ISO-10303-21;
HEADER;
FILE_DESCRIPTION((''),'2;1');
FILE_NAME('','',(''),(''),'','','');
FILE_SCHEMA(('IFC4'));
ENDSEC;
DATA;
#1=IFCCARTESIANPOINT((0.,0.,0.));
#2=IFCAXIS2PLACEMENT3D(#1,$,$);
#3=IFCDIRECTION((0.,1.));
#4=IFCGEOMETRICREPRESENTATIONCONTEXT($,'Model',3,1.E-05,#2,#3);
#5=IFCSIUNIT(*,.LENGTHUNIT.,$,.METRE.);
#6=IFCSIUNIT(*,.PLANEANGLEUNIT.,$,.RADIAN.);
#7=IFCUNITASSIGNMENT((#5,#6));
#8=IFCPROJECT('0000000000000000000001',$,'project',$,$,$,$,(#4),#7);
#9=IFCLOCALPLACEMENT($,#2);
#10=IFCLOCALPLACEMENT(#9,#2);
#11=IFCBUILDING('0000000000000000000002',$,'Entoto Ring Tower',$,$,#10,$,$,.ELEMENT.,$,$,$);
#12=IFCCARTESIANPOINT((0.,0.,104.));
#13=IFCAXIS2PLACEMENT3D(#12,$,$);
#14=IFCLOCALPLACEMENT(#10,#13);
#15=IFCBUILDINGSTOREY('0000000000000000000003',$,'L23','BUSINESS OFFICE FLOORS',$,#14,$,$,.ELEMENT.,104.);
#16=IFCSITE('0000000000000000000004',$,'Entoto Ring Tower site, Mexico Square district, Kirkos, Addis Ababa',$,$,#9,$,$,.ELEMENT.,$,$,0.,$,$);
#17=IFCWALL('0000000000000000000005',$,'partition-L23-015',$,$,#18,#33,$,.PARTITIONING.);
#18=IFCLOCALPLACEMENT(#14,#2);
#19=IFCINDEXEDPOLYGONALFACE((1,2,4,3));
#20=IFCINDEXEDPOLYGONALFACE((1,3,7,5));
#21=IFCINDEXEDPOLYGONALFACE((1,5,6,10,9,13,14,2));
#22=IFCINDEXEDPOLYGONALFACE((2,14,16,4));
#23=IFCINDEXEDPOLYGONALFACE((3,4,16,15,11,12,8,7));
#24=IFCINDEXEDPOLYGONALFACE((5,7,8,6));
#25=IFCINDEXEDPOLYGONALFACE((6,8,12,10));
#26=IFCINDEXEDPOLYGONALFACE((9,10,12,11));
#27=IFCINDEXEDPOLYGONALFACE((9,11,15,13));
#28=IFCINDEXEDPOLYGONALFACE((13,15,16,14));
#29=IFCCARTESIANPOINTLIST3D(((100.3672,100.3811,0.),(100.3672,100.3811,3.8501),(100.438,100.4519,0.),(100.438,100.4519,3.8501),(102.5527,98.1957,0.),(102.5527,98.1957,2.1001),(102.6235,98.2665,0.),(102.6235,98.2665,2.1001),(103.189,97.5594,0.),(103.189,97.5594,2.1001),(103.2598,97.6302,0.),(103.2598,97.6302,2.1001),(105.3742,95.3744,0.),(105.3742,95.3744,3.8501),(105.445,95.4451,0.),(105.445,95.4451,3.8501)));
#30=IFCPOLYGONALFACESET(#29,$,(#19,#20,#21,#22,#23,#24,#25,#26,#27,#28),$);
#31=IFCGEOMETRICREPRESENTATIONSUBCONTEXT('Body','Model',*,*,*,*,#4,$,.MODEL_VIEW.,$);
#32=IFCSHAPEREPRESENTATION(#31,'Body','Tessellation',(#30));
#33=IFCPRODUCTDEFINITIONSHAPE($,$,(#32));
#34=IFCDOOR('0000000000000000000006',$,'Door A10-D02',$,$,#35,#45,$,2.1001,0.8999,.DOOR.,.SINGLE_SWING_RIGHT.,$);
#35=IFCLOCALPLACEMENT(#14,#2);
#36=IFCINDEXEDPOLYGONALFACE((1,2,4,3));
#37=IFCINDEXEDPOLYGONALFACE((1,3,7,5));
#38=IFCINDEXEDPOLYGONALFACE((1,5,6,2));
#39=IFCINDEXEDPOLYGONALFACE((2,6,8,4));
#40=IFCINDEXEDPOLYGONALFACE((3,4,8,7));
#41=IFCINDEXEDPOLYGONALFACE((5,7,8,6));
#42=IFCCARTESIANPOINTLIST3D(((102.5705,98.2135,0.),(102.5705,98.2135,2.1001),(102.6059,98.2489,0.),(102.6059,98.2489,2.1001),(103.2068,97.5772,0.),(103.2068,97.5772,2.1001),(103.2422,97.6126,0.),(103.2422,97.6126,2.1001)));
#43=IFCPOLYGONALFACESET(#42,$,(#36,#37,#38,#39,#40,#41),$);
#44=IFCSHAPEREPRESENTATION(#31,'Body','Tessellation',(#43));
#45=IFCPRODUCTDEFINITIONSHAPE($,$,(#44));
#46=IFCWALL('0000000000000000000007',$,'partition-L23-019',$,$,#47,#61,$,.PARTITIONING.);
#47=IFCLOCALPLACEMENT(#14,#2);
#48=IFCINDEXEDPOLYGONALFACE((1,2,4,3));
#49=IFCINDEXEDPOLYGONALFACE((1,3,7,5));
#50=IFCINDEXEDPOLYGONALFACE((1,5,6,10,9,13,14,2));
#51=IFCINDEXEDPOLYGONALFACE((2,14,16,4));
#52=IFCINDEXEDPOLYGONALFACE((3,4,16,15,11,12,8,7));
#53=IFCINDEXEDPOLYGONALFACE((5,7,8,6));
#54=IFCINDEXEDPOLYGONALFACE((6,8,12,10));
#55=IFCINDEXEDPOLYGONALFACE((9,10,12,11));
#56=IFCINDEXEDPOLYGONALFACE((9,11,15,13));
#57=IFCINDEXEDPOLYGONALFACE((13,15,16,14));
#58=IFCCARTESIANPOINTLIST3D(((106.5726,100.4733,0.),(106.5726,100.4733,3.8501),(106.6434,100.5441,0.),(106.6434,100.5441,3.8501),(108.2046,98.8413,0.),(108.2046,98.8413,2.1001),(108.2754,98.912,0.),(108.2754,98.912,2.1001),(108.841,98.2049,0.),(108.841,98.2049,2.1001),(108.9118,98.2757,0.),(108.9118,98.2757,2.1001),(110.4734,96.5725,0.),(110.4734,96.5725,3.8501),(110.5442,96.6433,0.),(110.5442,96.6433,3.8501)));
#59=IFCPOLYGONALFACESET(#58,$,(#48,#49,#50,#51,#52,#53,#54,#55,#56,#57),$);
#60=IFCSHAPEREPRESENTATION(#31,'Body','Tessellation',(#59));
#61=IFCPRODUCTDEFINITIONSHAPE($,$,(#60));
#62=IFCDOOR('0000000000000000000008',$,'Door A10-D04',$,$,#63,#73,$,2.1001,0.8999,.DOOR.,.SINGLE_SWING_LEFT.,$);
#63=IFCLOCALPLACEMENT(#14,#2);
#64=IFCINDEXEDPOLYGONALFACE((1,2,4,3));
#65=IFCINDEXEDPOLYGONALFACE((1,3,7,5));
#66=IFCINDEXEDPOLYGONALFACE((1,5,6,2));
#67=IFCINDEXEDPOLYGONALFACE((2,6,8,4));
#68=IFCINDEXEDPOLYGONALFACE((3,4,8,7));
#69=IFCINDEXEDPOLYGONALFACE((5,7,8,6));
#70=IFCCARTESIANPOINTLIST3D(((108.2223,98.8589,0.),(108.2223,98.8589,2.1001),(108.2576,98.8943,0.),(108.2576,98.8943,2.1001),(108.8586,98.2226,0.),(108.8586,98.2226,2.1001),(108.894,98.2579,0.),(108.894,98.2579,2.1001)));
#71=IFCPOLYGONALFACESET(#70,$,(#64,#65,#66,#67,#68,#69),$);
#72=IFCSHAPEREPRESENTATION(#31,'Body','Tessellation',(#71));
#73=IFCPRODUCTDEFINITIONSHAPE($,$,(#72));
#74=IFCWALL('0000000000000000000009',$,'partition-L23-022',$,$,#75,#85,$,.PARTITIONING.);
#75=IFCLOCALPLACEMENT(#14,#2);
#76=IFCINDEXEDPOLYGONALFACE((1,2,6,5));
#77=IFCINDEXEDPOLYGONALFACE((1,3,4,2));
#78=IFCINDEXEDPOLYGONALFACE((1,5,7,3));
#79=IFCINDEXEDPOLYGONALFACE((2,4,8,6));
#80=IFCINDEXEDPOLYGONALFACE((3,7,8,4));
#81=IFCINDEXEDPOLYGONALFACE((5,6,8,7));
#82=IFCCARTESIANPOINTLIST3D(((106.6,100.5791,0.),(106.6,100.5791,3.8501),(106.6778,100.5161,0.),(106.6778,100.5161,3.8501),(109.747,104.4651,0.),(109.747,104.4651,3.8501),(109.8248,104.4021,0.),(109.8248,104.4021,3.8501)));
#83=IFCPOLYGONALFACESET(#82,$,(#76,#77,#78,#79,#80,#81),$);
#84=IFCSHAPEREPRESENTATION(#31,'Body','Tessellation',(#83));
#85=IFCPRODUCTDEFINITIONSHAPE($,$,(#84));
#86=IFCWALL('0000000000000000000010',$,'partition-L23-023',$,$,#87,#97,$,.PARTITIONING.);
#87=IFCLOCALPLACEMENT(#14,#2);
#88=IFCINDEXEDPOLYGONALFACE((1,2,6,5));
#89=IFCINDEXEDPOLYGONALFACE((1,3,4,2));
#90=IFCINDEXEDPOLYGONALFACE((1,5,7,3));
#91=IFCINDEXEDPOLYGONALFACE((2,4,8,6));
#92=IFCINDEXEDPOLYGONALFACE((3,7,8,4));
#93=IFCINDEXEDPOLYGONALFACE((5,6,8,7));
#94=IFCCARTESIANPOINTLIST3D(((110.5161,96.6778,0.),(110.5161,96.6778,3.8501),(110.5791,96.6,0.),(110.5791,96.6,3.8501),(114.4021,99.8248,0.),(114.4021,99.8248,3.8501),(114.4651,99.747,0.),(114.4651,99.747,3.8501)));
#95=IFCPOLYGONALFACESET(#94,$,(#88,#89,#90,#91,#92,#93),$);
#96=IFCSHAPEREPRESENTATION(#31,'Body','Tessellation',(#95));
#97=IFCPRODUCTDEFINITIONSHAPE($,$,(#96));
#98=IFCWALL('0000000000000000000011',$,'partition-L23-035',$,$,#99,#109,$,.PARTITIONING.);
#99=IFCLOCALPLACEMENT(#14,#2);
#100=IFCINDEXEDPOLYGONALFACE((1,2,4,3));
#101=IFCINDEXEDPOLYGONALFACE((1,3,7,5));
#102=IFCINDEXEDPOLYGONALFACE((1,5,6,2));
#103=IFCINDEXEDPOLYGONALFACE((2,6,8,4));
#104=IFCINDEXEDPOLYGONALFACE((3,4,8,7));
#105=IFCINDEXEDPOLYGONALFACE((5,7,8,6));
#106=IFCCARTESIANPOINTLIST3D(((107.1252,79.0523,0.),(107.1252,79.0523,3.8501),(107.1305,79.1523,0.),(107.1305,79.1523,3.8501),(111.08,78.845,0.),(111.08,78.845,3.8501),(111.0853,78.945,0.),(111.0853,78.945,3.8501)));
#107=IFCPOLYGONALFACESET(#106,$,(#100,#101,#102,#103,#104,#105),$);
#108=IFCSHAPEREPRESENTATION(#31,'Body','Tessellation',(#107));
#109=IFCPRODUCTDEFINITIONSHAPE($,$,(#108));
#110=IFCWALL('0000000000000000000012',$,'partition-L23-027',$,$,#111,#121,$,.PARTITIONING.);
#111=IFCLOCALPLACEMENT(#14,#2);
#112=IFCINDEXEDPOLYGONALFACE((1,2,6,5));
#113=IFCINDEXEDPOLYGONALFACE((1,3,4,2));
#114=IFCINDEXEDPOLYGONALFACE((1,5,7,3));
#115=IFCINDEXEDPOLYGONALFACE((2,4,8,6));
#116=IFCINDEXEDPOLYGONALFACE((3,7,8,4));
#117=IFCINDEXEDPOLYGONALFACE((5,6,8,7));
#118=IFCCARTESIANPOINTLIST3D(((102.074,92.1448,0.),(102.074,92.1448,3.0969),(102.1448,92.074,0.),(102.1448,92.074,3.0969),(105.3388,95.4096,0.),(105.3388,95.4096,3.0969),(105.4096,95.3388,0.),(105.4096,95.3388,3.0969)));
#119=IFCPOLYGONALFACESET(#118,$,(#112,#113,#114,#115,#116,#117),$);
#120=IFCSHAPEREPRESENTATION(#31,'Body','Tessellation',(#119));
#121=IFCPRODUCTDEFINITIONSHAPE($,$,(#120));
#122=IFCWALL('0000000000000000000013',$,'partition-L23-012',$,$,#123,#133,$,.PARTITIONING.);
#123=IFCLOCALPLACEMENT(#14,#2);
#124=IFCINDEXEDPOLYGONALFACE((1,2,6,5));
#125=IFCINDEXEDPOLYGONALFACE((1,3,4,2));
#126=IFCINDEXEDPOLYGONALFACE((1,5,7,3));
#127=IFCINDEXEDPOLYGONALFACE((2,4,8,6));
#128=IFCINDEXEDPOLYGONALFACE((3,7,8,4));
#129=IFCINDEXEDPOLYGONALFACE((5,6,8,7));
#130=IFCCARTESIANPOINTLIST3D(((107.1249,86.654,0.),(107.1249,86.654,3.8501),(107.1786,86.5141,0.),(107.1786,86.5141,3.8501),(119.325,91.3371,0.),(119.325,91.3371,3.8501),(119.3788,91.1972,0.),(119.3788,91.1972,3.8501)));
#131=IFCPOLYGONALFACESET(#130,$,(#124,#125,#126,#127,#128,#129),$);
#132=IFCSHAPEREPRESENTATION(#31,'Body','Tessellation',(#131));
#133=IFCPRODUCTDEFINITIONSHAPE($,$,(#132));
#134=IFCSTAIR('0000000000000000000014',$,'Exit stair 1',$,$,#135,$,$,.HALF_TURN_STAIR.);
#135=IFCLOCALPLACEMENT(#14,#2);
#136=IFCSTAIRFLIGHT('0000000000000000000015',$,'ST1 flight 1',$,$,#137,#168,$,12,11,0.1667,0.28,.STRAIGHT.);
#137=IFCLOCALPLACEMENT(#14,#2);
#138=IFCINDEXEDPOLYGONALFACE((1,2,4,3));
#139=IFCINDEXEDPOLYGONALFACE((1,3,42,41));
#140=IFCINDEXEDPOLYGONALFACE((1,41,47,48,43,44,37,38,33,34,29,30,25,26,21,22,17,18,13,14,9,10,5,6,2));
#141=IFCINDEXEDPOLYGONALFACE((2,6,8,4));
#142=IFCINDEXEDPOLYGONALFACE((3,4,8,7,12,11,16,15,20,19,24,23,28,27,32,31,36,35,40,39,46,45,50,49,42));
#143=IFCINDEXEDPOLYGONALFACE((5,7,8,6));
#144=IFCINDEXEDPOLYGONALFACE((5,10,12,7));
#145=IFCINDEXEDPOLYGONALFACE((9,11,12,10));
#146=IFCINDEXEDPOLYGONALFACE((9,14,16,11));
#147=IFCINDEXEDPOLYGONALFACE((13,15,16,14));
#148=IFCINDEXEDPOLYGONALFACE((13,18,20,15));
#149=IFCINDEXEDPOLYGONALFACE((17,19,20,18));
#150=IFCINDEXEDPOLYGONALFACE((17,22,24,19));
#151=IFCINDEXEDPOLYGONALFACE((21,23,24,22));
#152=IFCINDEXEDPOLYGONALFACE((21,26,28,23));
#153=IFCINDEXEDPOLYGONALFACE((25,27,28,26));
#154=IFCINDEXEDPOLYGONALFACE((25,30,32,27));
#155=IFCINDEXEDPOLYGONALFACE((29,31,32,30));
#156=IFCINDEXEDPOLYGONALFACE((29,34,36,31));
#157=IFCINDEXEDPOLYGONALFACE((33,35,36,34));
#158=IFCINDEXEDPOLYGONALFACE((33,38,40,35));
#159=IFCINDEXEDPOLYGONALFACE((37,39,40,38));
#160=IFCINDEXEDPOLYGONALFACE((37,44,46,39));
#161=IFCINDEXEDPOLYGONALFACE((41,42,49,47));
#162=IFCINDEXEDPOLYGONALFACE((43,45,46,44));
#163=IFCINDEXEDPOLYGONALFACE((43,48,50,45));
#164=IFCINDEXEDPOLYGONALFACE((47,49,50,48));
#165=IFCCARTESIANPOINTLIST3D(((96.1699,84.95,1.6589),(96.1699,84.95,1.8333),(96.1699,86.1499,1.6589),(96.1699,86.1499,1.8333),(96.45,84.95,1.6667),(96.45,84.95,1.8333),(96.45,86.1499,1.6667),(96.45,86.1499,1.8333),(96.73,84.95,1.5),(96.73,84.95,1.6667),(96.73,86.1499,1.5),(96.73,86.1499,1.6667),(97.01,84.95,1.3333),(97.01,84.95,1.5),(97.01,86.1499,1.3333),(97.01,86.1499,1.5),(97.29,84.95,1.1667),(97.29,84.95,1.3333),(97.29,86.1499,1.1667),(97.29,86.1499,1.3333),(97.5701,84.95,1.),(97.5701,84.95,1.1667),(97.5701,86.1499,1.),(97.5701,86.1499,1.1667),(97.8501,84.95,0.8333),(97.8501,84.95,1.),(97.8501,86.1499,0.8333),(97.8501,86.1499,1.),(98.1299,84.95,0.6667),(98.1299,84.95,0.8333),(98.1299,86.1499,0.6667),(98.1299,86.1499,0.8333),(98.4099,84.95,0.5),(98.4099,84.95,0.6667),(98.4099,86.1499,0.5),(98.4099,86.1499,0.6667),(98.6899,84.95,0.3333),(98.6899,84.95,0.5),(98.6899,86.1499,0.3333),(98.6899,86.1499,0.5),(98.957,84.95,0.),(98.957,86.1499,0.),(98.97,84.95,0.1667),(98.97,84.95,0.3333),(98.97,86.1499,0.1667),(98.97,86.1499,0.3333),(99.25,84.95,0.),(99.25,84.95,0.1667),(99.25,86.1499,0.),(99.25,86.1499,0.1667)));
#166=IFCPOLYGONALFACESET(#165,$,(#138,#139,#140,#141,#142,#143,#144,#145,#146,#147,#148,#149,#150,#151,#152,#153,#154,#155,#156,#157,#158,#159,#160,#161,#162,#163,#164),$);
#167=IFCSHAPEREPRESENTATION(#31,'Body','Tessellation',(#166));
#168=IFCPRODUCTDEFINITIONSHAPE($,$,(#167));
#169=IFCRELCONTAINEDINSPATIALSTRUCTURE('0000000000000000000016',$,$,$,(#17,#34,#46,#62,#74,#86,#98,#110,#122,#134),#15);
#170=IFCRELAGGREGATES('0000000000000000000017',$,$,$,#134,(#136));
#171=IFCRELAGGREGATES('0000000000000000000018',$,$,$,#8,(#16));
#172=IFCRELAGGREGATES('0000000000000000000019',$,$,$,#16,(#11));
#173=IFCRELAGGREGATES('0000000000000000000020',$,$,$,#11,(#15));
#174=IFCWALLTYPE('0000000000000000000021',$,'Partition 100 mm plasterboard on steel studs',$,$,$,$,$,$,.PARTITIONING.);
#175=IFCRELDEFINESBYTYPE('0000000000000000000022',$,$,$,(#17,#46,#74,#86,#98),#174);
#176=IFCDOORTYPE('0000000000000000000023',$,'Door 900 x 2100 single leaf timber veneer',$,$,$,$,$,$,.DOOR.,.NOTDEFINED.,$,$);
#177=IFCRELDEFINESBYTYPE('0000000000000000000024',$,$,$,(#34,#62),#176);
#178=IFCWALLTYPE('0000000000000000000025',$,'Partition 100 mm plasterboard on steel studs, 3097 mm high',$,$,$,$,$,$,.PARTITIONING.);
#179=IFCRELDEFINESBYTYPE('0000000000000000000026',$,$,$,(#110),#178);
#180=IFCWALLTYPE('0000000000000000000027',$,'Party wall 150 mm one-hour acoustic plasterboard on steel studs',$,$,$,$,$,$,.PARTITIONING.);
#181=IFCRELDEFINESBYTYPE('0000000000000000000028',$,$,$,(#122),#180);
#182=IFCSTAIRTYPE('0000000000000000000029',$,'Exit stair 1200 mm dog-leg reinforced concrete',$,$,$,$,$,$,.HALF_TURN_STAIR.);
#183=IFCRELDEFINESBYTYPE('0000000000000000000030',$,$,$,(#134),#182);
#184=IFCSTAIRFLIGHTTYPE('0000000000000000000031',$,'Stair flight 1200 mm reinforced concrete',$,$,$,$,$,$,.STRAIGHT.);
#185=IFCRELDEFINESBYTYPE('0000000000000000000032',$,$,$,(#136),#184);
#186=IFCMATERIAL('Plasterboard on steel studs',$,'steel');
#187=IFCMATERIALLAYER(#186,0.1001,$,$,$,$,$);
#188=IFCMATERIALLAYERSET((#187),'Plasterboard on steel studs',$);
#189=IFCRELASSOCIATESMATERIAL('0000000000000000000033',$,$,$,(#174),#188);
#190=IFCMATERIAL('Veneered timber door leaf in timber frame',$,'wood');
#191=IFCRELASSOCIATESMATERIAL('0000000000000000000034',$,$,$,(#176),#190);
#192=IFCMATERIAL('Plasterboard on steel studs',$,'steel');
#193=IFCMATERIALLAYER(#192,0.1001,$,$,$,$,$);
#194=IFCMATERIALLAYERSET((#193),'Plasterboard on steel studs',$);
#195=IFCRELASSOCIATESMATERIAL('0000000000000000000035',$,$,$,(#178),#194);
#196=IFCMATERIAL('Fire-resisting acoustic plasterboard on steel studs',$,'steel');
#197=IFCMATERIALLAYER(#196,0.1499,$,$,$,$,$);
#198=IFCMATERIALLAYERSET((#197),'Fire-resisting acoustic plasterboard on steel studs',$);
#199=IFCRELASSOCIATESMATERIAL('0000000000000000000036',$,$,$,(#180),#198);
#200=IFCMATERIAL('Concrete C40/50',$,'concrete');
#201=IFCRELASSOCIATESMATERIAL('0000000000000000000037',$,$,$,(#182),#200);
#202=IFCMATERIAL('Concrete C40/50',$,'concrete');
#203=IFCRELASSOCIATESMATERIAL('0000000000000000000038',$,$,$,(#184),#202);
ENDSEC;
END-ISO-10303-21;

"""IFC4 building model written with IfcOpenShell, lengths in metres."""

from ifc_helpers import new_model, si_unit, direction, frame, frame_2d, origin, place, context, subcontext, project, spatial, polyline, rectangle, outline, extrude, material, layer, layer_set, type_object, element, fill, aggregate, save


model = new_model("IFC4")

# Units and contexts
model_context = context("Model", 3, precision=1e-05, world=origin(), true_north=direction((0.0, 1.0)))
body_context = subcontext(model_context, "Body", "Model", "MODEL_VIEW")
ifc_project = project(units=[si_unit("LENGTHUNIT", "METRE"), si_unit("PLANEANGLEUNIT", "RADIAN")], contexts=[model_context])

# Site, building, storey
site_placement = place(None, origin())
site = spatial("IfcSite", under=ifc_project, at=site_placement, Name="Entoto Ring Tower site, Mexico Square district, Kirkos, Addis Ababa", CompositionType="ELEMENT", RefElevation=0.0)
building_placement = place(site_placement, origin())
building = spatial("IfcBuilding", under=site, at=building_placement, Name="Entoto Ring Tower", CompositionType="ELEMENT")
storey_placement = place(building_placement, frame((0.0, 0.0, 104.0)))
storey = spatial("IfcBuildingStorey", under=building, at=storey_placement, Name="L23", Description="BUSINESS OFFICE FLOORS", CompositionType="ELEMENT", Elevation=104.0)

# Walls, openings, doors
ifc_material_1 = material(Name="Plasterboard on steel studs", Category="steel")
ifc_layer_1 = layer(ifc_material_1, 0.1001)
ifc_layer_set_1 = layer_set([ifc_layer_1], Name="Plasterboard on steel studs")
wall_type_1 = type_object("IfcWallType", Name="Partition 100 mm plasterboard on steel studs", PredefinedType="PARTITIONING", material=ifc_layer_set_1)
wall_1_placement = place(storey_placement, frame((105.4097, 95.4097, 0.0), z_axis=(0.0, 0.0, 1.0), x_axis=(-0.707124, 0.70709, 0.0)))
wall_1 = element("IfcWall", 1, at=wall_1_placement, inside=storey, type_object=wall_type_1, Name="partition-L23-015", PredefinedType="PARTITIONING", context=body_context, shape_type="SweptSolid", body=[
    extrude(rectangle(XDim=7.0808, YDim=0.1001, at=frame_2d((3.5405, 0.0))), origin(), (0.0, 0.0, 1.0), 3.8501),
])
opening_1_placement = place(wall_1_placement, frame((3.0903, 0.0, 0.0)))
opening_1 = element("IfcOpeningElement", 2, at=opening_1_placement, cuts=wall_1, PredefinedType="OPENING", context=body_context, shape_type="SweptSolid", body=[
    extrude(rectangle(XDim=0.8999, YDim=2.1001, at=frame_2d((0.45, 1.05))), frame((0.0, 0.0601, 0.0), z_axis=(0.0, -1.0, 0.0), x_axis=(1.0, 0.0, 0.0)), (0.0, 0.0, 1.0), 0.1201),
])
ifc_material_2 = material(Name="Veneered timber door leaf in timber frame", Category="wood")
door_type_1 = type_object("IfcDoorType", Name="Door 900 x 2100 single leaf timber veneer", OperationType="NOTDEFINED", PredefinedType="DOOR", material=ifc_material_2)
door_1_placement = place(opening_1_placement, origin())
door_1 = element("IfcDoor", 3, at=door_1_placement, inside=storey, type_object=door_type_1, Name="Door A10-D02", OperationType="SINGLE_SWING_RIGHT", OverallHeight=2.1001, OverallWidth=0.8999, PredefinedType="DOOR", context=body_context, shape_type="SweptSolid", body=[
    extrude(rectangle(XDim=0.8999, YDim=2.1001, at=frame_2d((0.45, 1.05))), frame((0.0, 0.0249, 0.0), z_axis=(0.0, -1.0, 0.0), x_axis=(1.0, 0.0, 0.0)), (0.0, 0.0, 1.0), 0.05),
])
fill(opening_1, door_1)
wall_2_placement = place(storey_placement, frame((110.5088, 96.6079, 0.0), z_axis=(0.0, 0.0, 1.0), x_axis=(-0.707107, 0.707107, 0.0)))
wall_2 = element("IfcWall", 4, at=wall_2_placement, inside=storey, type_object=wall_type_1, Name="partition-L23-019", PredefinedType="PARTITIONING", context=body_context, shape_type="SweptSolid", body=[
    extrude(rectangle(XDim=5.5166, YDim=0.1001, at=frame_2d((2.7583, 0.0))), origin(), (0.0, 0.0, 1.0), 3.8501),
])
opening_2_placement = place(wall_2_placement, frame((2.3086, 0.0, 0.0)))
opening_2 = element("IfcOpeningElement", 5, at=opening_2_placement, cuts=wall_2, PredefinedType="OPENING", context=body_context, shape_type="SweptSolid", body=[
    extrude(rectangle(XDim=0.8999, YDim=2.1001, at=frame_2d((0.45, 1.05))), frame((0.0, 0.0601, 0.0), z_axis=(0.0, -1.0, 0.0), x_axis=(1.0, 0.0, 0.0)), (0.0, 0.0, 1.0), 0.1201),
])
door_2_placement = place(opening_2_placement, frame((0.8999, 0.0, 0.0), z_axis=(0.0, 0.0, 1.0), x_axis=(-1.0, 0.0, 0.0)))
door_2 = element("IfcDoor", 6, at=door_2_placement, inside=storey, type_object=door_type_1, Name="Door A10-D04", OperationType="SINGLE_SWING_LEFT", OverallHeight=2.1001, OverallWidth=0.8999, PredefinedType="DOOR", context=body_context, shape_type="SweptSolid", body=[
    extrude(rectangle(XDim=0.8999, YDim=2.1001, at=frame_2d((0.45, 1.05))), frame((0.0, 0.0249, 0.0), z_axis=(0.0, -1.0, 0.0), x_axis=(1.0, 0.0, 0.0)), (0.0, 0.0, 1.0), 0.05),
])
fill(opening_2, door_2)

# Walls
for number, where, z_axis, x_axis, name in (
    (7, (106.6389, 100.5476, 0.0), (0.0, 0.0, 1.0), (0.62934, 0.77713, 0.0), "partition-L23-022"),
    (8, (110.5476, 96.6389, 0.0), (0.0, 0.0, 1.0), (0.77713, 0.62934, 0.0), "partition-L23-023"),
):
    element("IfcWall", number, at=place(storey_placement, frame(where, z_axis=z_axis, x_axis=x_axis)), inside=storey, type_object=wall_type_1, Name=name, PredefinedType="PARTITIONING", context=body_context, shape_type="SweptSolid", body=[
        extrude(rectangle(XDim=5.0005, YDim=0.1001, at=frame_2d((2.5002, 0.0))), origin(), (0.0, 0.0, 1.0), 3.8501),
    ])
wall_3_placement = place(storey_placement, frame((111.0825, 78.895, 0.0), z_axis=(0.0, 0.0, 1.0), x_axis=(-0.998629, 0.052339, 0.0)))
element("IfcWall", 9, at=wall_3_placement, inside=storey, type_object=wall_type_1, Name="partition-L23-035", PredefinedType="PARTITIONING", context=body_context, shape_type="SweptSolid", body=[
    extrude(rectangle(XDim=3.9602, YDim=0.1001, at=frame_2d((1.98, 0.0))), origin(), (0.0, 0.0, 1.0), 3.8501),
])
ifc_material_3 = material(Name="Plasterboard on steel studs", Category="steel")
ifc_layer_2 = layer(ifc_material_3, 0.1001)
ifc_layer_set_2 = layer_set([ifc_layer_2], Name="Plasterboard on steel studs")
wall_type_2 = type_object("IfcWallType", Name="Partition 100 mm plasterboard on steel studs, 3097 mm high", PredefinedType="PARTITIONING", material=ifc_layer_set_2)
wall_4_placement = place(storey_placement, frame((102.1094, 92.1094, 0.0), z_axis=(0.0, 0.0, 1.0), x_axis=(0.707107, 0.707107, 0.0)))
element("IfcWall", 10, at=wall_4_placement, inside=storey, type_object=wall_type_2, Name="partition-L23-027", PredefinedType="PARTITIONING", context=body_context, shape_type="SweptSolid", body=[
    extrude(rectangle(XDim=4.6172, YDim=0.1001, at=frame_2d((2.3086, 0.0))), origin(), (0.0, 0.0, 1.0), 3.0969),
])
ifc_material_4 = material(Name="Fire-resisting acoustic plasterboard on steel studs", Category="steel")
ifc_layer_3 = layer(ifc_material_4, 0.1499)
ifc_layer_set_3 = layer_set([ifc_layer_3], Name="Fire-resisting acoustic plasterboard on steel studs")
wall_type_3 = type_object("IfcWallType", Name="Party wall 150 mm one-hour acoustic plasterboard on steel studs", PredefinedType="PARTITIONING", material=ifc_layer_set_3)
wall_5_placement = place(storey_placement, frame((107.1516, 86.584, 0.0), z_axis=(0.0, 0.0, 1.0), x_axis=(0.933583, 0.358361, 0.0)))
element("IfcWall", 11, at=wall_5_placement, inside=storey, type_object=wall_type_3, Name="partition-L23-012", PredefinedType="PARTITIONING", context=body_context, shape_type="SweptSolid", body=[
    extrude(rectangle(XDim=13.0681, YDim=0.1499, at=frame_2d((6.5342, 0.0))), origin(), (0.0, 0.0, 1.0), 3.8501),
])

# Stair, stair flight
ifc_material_5 = material(Name="Concrete C40/50", Category="concrete")
stair_type = type_object("IfcStairType", Name="Exit stair 1200 mm dog-leg reinforced concrete", PredefinedType="HALF_TURN_STAIR", material=ifc_material_5)
stair_placement = place(storey_placement, origin())
stair = element("IfcStair", 12, at=stair_placement, inside=storey, type_object=stair_type, Name="Exit stair 1", PredefinedType="HALF_TURN_STAIR")
ifc_material_6 = material(Name="Concrete C40/50", Category="concrete")
stair_flight_type = type_object("IfcStairFlightType", Name="Stair flight 1200 mm reinforced concrete", PredefinedType="STRAIGHT", material=ifc_material_6)
stair_flight_placement = place(storey_placement, frame((99.25, 85.55, 0.0), z_axis=(0.0, 0.0, 1.0), x_axis=(-1.0, 0.0, 0.0)))
stair_flight = element("IfcStairFlight", 13, at=stair_flight_placement, type_object=stair_flight_type, Name="ST1 flight 1", NumberOfRisers=12, NumberOfTreads=11, PredefinedType="STRAIGHT", RiserHeight=0.1667, TreadLength=0.28, context=body_context, shape_type="SweptSolid", body=[
    extrude(outline(polyline([(0.0, 0.0), (0.0, 0.1667), (0.28, 0.1667), (0.28, 0.3333), (0.5601, 0.3333), (0.5601, 0.5), (0.8401, 0.5), (0.8401, 0.6667), (1.1201, 0.6667), (1.1201, 0.8333), (1.3999, 0.8333), (1.3999, 1.0), (1.6799, 1.0), (1.6799, 1.1667), (1.96, 1.1667), (1.96, 1.3333), (2.24, 1.3333), (2.24, 1.5), (2.52, 1.5), (2.52, 1.6667), (2.8, 1.6667), (2.8, 1.8333), (3.0801, 1.8333), (3.0801, 2.0), (3.0801, 1.6589), (0.293, 0.0), (0.0, 0.0)])), frame((0.0, 0.6001, 0.0), z_axis=(0.0, -1.0, 0.0), x_axis=(1.0, 0.0, 0.0)), (0.0, 0.0, 1.0), 1.2),
])
aggregate(stair, [stair_flight])

save(model, "model.ifc")
